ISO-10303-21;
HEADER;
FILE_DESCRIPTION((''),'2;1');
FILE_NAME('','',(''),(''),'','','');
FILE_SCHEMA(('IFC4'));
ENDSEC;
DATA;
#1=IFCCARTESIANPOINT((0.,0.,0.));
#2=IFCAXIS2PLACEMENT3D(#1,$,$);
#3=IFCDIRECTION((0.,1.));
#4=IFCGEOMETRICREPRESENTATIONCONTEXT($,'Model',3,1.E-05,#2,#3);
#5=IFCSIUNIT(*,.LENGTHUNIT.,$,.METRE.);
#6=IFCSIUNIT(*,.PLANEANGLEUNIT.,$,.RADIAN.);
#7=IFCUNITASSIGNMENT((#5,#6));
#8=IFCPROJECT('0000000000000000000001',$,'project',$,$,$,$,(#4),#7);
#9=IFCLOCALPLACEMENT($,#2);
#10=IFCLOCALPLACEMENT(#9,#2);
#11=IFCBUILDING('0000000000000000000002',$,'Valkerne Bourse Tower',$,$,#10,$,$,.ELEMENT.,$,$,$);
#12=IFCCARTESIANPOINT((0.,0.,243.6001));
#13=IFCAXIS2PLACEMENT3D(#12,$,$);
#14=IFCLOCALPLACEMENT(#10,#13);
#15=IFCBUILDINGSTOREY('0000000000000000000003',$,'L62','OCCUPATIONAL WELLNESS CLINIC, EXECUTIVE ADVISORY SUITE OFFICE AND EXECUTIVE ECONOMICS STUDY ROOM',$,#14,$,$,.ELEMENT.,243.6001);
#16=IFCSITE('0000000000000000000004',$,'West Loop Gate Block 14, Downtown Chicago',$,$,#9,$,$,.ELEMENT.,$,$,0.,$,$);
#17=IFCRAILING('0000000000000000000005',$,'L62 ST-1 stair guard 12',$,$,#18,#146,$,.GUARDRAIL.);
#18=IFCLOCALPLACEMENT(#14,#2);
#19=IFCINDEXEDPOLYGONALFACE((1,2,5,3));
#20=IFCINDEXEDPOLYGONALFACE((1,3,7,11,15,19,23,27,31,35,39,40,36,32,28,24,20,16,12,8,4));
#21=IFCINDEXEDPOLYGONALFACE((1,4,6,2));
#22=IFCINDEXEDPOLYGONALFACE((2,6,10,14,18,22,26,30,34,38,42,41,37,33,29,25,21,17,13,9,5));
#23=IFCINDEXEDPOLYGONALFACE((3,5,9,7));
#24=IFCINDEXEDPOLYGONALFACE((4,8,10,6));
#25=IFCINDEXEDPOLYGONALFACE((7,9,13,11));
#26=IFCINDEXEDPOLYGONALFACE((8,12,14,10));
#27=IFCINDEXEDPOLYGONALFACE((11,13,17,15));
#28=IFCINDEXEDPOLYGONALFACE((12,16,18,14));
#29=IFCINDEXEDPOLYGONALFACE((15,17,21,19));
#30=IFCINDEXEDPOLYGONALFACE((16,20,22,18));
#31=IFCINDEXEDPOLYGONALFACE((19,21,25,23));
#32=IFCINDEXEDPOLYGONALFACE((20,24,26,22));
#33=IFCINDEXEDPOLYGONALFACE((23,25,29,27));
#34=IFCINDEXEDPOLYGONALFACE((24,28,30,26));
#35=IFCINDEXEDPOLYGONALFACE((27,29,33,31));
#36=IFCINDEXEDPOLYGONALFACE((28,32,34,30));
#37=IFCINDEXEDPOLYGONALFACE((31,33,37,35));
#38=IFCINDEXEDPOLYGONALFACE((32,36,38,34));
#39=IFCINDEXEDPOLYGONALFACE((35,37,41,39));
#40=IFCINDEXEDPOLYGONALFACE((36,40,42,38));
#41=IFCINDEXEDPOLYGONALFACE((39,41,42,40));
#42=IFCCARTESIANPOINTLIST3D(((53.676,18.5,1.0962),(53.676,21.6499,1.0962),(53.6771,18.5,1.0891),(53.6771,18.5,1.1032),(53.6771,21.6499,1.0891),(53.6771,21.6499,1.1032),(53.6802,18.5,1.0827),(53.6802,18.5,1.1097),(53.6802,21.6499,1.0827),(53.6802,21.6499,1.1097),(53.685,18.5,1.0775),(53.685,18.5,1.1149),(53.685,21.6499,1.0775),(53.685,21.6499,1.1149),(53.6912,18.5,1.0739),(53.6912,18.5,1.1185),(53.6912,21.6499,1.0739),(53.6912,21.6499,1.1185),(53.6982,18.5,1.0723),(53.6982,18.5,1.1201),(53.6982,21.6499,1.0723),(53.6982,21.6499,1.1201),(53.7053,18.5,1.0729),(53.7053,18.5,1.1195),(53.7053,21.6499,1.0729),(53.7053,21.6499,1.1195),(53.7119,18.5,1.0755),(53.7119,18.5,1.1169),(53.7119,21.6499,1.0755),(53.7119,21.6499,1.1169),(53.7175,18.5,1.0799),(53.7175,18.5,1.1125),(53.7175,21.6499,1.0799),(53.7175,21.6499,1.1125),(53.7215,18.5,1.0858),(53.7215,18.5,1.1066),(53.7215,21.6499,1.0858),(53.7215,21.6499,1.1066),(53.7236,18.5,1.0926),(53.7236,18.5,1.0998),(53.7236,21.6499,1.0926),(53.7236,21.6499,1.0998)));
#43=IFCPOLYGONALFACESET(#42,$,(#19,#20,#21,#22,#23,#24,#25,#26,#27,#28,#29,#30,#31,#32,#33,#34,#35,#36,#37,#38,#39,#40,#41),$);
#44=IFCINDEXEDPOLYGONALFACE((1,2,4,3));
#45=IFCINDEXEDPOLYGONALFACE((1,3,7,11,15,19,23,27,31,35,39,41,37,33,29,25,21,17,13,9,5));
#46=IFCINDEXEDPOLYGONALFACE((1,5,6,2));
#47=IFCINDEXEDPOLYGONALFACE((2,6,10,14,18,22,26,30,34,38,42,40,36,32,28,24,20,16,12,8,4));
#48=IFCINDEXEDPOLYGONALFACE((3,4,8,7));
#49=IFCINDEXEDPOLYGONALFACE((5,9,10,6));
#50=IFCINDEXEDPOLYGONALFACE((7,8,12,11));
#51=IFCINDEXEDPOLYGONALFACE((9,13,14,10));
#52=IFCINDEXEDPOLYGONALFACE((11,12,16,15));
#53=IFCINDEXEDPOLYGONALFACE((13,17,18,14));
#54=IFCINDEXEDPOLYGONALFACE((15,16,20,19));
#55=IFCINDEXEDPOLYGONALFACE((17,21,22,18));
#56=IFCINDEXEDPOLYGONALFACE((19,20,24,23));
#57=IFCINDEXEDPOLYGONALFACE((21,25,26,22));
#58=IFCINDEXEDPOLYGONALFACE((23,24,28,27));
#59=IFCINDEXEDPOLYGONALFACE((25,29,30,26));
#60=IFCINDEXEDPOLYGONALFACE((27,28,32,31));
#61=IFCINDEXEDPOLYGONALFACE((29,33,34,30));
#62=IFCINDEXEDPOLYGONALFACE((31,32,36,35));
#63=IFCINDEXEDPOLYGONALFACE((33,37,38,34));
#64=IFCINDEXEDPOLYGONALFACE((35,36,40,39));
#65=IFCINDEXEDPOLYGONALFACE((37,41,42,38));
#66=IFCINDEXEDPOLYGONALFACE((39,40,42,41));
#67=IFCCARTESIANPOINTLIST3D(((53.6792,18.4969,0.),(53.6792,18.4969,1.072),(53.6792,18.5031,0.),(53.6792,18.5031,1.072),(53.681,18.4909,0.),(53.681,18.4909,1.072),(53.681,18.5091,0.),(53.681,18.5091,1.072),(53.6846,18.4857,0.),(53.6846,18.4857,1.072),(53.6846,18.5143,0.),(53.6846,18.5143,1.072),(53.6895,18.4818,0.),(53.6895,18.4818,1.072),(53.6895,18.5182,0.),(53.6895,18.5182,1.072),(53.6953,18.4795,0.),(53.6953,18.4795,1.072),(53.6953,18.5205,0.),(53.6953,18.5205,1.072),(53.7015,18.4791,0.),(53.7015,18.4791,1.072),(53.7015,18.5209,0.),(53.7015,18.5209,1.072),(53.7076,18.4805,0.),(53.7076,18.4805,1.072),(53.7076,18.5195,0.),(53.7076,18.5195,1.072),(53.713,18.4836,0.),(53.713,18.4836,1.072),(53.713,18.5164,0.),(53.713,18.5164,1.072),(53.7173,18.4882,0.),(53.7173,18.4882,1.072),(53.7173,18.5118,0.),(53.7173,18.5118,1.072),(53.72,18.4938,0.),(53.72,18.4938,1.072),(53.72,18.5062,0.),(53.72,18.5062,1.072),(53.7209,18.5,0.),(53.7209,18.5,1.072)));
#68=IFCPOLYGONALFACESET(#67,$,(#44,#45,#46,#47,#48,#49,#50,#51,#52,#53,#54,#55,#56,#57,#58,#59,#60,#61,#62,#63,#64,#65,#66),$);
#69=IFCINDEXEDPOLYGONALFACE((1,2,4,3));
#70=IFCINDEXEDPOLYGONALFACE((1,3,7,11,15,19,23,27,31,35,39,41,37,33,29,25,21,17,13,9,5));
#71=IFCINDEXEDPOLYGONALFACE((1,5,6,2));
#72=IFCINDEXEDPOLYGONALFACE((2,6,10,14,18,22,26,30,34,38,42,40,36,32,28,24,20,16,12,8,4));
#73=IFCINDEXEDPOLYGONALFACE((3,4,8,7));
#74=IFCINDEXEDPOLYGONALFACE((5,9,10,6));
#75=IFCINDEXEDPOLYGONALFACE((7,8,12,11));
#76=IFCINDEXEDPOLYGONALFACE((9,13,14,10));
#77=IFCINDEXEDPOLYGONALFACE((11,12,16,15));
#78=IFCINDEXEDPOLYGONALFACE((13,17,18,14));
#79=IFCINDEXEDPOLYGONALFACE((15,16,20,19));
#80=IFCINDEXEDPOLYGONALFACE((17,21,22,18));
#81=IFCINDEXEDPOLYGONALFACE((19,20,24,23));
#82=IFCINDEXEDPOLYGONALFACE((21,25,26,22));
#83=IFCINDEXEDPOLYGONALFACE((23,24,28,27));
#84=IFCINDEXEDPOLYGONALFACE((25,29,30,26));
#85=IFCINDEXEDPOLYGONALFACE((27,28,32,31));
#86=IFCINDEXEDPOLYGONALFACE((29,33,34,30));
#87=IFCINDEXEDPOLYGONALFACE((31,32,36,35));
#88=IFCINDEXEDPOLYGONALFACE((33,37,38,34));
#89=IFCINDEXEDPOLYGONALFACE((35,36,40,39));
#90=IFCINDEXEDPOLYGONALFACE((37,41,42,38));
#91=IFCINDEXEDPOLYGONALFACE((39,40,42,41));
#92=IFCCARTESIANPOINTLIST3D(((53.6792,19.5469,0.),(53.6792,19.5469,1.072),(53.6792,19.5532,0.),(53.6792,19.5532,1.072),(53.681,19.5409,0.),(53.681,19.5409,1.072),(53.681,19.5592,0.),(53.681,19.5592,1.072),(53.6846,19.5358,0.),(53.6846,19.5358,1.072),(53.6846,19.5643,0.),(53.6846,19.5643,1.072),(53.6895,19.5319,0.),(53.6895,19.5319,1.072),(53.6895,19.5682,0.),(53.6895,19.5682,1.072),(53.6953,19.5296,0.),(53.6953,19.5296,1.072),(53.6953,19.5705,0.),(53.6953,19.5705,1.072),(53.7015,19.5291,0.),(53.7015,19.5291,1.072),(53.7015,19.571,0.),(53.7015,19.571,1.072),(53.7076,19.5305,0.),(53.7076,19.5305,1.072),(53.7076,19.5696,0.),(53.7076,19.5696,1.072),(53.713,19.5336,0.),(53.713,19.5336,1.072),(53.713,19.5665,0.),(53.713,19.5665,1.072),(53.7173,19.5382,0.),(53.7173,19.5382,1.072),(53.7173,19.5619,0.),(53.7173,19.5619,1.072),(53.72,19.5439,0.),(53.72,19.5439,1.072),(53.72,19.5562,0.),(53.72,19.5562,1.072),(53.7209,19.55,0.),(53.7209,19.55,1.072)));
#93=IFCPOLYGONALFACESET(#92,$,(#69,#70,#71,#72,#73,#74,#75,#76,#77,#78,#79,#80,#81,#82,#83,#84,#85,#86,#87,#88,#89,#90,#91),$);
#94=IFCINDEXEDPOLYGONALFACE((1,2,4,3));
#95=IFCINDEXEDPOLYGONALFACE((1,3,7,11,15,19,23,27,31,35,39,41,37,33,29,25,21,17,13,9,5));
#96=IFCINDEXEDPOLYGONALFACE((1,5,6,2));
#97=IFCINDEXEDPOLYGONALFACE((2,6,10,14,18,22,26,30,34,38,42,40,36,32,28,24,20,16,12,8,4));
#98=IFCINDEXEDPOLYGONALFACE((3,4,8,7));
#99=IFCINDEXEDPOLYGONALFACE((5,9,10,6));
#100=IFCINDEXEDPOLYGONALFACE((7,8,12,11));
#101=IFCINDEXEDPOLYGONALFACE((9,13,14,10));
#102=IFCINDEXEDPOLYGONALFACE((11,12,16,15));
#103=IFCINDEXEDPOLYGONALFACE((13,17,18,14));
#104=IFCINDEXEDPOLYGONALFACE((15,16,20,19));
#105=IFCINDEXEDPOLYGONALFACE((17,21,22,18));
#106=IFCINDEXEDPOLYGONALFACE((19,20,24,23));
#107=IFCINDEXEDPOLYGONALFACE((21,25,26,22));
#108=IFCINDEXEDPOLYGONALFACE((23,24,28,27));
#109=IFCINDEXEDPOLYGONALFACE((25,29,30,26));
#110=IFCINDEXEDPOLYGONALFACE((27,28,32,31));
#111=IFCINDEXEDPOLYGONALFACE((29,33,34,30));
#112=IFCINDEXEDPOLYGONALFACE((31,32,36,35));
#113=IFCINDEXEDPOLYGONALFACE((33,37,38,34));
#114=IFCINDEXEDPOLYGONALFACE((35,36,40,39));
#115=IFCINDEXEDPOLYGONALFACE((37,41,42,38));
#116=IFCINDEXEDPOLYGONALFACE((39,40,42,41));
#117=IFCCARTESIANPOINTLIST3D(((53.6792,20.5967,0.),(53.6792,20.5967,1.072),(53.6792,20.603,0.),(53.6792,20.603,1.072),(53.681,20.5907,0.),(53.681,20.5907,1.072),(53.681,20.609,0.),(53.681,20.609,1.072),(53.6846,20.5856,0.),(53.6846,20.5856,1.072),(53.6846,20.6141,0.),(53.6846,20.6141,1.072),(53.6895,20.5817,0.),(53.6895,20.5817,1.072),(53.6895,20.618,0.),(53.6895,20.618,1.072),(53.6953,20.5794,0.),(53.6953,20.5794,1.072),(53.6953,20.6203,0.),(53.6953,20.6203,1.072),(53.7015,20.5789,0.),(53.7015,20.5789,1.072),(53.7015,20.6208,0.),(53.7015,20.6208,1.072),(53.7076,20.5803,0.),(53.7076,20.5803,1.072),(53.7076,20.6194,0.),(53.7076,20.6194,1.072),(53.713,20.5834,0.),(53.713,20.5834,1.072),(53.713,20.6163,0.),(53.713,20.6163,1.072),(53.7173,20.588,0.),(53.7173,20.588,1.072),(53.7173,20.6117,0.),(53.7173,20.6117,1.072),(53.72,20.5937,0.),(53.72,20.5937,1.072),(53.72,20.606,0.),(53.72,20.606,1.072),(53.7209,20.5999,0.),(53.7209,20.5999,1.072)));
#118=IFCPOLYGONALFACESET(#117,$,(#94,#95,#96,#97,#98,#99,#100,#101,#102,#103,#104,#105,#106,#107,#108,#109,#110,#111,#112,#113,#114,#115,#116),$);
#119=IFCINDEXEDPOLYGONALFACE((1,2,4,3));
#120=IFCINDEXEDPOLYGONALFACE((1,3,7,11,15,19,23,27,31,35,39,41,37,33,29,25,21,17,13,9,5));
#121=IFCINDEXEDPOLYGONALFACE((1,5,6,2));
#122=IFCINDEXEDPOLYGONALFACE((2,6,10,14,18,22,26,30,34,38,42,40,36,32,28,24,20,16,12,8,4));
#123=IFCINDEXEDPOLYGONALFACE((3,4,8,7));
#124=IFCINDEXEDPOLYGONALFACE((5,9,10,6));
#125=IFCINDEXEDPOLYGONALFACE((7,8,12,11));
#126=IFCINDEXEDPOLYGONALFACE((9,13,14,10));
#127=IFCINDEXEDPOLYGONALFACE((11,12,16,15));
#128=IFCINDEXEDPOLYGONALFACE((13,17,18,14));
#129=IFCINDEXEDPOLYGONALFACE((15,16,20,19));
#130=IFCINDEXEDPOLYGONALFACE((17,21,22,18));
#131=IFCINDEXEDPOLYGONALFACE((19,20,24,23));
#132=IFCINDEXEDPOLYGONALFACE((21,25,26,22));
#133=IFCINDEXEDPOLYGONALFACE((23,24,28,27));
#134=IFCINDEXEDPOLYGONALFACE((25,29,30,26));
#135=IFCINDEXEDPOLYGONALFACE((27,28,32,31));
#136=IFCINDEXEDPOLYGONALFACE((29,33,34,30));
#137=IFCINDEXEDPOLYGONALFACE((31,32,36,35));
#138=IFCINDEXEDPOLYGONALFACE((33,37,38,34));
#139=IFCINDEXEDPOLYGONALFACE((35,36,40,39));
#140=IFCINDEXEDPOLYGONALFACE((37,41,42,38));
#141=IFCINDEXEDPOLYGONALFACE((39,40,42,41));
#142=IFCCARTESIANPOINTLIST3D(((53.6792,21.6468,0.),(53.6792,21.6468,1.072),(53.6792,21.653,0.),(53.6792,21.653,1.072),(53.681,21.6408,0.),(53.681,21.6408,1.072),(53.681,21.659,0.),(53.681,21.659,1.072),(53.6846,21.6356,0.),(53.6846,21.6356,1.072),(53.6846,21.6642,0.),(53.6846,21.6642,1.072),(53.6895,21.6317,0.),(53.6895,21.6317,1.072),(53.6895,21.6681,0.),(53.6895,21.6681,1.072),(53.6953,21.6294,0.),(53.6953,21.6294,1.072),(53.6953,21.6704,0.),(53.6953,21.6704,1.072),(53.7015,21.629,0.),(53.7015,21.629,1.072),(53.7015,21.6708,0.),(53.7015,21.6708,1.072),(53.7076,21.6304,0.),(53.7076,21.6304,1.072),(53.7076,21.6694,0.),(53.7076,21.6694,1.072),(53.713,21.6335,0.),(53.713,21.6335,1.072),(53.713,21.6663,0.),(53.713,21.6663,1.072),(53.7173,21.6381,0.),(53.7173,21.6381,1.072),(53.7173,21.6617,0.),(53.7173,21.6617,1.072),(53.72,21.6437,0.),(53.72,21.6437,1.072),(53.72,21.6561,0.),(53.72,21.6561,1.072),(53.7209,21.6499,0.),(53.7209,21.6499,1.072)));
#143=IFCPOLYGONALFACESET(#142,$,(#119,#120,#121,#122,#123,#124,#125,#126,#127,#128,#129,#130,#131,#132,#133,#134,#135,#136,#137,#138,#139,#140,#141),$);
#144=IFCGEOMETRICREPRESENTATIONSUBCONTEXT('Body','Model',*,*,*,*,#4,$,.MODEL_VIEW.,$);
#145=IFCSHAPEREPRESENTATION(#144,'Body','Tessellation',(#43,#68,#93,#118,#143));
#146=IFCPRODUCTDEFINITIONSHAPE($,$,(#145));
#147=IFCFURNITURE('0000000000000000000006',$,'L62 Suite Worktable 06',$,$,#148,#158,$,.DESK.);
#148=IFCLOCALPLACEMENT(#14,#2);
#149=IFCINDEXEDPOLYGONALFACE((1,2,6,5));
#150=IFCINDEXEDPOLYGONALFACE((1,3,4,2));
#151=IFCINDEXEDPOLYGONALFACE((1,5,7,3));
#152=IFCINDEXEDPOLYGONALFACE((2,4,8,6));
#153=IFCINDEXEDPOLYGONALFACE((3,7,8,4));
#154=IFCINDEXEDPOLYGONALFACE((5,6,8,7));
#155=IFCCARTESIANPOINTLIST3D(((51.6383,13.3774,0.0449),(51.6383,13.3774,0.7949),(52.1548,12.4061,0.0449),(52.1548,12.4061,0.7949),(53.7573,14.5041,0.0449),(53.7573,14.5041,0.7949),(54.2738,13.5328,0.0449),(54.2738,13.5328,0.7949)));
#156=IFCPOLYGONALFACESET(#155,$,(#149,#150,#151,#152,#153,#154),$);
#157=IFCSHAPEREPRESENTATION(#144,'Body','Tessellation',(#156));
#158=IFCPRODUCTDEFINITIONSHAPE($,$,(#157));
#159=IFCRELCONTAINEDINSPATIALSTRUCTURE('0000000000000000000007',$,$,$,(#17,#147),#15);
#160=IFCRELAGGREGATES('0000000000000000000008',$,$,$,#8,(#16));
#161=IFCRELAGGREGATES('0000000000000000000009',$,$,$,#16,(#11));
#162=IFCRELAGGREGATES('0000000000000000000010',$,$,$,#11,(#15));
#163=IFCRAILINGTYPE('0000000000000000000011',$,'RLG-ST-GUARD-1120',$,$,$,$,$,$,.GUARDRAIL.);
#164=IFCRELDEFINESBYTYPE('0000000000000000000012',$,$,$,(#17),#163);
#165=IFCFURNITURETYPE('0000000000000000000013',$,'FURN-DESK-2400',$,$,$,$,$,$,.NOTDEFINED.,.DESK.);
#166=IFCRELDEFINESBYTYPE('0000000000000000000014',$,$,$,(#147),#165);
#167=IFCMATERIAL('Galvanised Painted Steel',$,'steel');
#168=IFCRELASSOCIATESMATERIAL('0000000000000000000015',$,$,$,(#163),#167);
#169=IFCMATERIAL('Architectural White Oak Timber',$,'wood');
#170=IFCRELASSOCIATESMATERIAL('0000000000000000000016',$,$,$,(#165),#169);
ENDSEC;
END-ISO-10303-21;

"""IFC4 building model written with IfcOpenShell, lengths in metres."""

from ifc_helpers import new_model, si_unit, direction, frame, origin, origin_2d, place, context, subcontext, project, spatial, rectangle, circle, extrude, material, type_object, element, save


model = new_model("IFC4")

# Units and contexts
model_context = context("Model", 3, precision=1e-05, world=origin(), true_north=direction((0.0, 1.0)))
body_context = subcontext(model_context, "Body", "Model", "MODEL_VIEW")
ifc_project = project(units=[si_unit("LENGTHUNIT", "METRE"), si_unit("PLANEANGLEUNIT", "RADIAN")], contexts=[model_context])

# Site, building, storey
site_placement = place(None, origin())
site = spatial("IfcSite", under=ifc_project, at=site_placement, Name="West Loop Gate Block 14, Downtown Chicago", CompositionType="ELEMENT", RefElevation=0.0)
building_placement = place(site_placement, origin())
building = spatial("IfcBuilding", under=site, at=building_placement, Name="Valkerne Bourse Tower", CompositionType="ELEMENT")
storey_placement = place(building_placement, frame((0.0, 0.0, 243.6001)))
storey = spatial("IfcBuildingStorey", under=building, at=storey_placement, Name="L62", Description="OCCUPATIONAL WELLNESS CLINIC, EXECUTIVE ADVISORY SUITE OFFICE AND EXECUTIVE ECONOMICS STUDY ROOM", CompositionType="ELEMENT", Elevation=243.6001)

# Shared definitions
ifc_material_1 = material(Name="Architectural White Oak Timber", Category="wood")

# Railing
ifc_material_2 = material(Name="Galvanised Painted Steel", Category="steel")
railing_type_1 = type_object("IfcRailingType", Name="RLG-ST-GUARD-1120", PredefinedType="GUARDRAIL", material=ifc_material_2)
railing_1_placement = place(storey_placement, frame((53.7, 18.5, 0.0)))
element("IfcRailing", 1, at=railing_1_placement, inside=storey, type_object=railing_type_1, Name="L62 ST-1 stair guard 12", PredefinedType="GUARDRAIL", context=body_context, shape_type="SweptSolid", body=[
    extrude(circle(Radius=0.0239, at=origin_2d()), frame((0.0, 0.0, 1.0962), z_axis=(0.0, 1.0, 0.0), x_axis=(-1.0, 0.0, 0.0)), (0.0, 0.0, 1.0), 3.1499),
    extrude(circle(Radius=0.021, at=origin_2d()), origin(), (0.0, 0.0, 1.0), 1.072),
    extrude(circle(Radius=0.021, at=origin_2d()), frame((0.0, 1.05, 0.0)), (0.0, 0.0, 1.0), 1.072),
    extrude(circle(Radius=0.021, at=origin_2d()), frame((0.0, 2.0999, 0.0)), (0.0, 0.0, 1.0), 1.072),
    extrude(circle(Radius=0.021, at=origin_2d()), frame((0.0, 3.1499, 0.0)), (0.0, 0.0, 1.0), 1.072),
])

# Furniture
furniture_type = type_object("IfcFurnitureType", Name="FURN-DESK-2400", AssemblyPlace="NOTDEFINED", PredefinedType="DESK", material=ifc_material_1)
furniture_placement = place(storey_placement, frame((52.9561, 13.4551, 0.0449), z_axis=(0.0, 0.0, 1.0), x_axis=(0.882948, 0.469472, 0.0)))
element("IfcFurniture", 2, at=furniture_placement, inside=storey, type_object=furniture_type, Name="L62 Suite Worktable 06", PredefinedType="DESK", context=body_context, shape_type="SweptSolid", body=[
    extrude(rectangle(XDim=2.3999, YDim=1.1001, at=origin_2d()), origin(), (0.0, 0.0, 1.0), 0.75),
])

save(model, "model.ifc")
